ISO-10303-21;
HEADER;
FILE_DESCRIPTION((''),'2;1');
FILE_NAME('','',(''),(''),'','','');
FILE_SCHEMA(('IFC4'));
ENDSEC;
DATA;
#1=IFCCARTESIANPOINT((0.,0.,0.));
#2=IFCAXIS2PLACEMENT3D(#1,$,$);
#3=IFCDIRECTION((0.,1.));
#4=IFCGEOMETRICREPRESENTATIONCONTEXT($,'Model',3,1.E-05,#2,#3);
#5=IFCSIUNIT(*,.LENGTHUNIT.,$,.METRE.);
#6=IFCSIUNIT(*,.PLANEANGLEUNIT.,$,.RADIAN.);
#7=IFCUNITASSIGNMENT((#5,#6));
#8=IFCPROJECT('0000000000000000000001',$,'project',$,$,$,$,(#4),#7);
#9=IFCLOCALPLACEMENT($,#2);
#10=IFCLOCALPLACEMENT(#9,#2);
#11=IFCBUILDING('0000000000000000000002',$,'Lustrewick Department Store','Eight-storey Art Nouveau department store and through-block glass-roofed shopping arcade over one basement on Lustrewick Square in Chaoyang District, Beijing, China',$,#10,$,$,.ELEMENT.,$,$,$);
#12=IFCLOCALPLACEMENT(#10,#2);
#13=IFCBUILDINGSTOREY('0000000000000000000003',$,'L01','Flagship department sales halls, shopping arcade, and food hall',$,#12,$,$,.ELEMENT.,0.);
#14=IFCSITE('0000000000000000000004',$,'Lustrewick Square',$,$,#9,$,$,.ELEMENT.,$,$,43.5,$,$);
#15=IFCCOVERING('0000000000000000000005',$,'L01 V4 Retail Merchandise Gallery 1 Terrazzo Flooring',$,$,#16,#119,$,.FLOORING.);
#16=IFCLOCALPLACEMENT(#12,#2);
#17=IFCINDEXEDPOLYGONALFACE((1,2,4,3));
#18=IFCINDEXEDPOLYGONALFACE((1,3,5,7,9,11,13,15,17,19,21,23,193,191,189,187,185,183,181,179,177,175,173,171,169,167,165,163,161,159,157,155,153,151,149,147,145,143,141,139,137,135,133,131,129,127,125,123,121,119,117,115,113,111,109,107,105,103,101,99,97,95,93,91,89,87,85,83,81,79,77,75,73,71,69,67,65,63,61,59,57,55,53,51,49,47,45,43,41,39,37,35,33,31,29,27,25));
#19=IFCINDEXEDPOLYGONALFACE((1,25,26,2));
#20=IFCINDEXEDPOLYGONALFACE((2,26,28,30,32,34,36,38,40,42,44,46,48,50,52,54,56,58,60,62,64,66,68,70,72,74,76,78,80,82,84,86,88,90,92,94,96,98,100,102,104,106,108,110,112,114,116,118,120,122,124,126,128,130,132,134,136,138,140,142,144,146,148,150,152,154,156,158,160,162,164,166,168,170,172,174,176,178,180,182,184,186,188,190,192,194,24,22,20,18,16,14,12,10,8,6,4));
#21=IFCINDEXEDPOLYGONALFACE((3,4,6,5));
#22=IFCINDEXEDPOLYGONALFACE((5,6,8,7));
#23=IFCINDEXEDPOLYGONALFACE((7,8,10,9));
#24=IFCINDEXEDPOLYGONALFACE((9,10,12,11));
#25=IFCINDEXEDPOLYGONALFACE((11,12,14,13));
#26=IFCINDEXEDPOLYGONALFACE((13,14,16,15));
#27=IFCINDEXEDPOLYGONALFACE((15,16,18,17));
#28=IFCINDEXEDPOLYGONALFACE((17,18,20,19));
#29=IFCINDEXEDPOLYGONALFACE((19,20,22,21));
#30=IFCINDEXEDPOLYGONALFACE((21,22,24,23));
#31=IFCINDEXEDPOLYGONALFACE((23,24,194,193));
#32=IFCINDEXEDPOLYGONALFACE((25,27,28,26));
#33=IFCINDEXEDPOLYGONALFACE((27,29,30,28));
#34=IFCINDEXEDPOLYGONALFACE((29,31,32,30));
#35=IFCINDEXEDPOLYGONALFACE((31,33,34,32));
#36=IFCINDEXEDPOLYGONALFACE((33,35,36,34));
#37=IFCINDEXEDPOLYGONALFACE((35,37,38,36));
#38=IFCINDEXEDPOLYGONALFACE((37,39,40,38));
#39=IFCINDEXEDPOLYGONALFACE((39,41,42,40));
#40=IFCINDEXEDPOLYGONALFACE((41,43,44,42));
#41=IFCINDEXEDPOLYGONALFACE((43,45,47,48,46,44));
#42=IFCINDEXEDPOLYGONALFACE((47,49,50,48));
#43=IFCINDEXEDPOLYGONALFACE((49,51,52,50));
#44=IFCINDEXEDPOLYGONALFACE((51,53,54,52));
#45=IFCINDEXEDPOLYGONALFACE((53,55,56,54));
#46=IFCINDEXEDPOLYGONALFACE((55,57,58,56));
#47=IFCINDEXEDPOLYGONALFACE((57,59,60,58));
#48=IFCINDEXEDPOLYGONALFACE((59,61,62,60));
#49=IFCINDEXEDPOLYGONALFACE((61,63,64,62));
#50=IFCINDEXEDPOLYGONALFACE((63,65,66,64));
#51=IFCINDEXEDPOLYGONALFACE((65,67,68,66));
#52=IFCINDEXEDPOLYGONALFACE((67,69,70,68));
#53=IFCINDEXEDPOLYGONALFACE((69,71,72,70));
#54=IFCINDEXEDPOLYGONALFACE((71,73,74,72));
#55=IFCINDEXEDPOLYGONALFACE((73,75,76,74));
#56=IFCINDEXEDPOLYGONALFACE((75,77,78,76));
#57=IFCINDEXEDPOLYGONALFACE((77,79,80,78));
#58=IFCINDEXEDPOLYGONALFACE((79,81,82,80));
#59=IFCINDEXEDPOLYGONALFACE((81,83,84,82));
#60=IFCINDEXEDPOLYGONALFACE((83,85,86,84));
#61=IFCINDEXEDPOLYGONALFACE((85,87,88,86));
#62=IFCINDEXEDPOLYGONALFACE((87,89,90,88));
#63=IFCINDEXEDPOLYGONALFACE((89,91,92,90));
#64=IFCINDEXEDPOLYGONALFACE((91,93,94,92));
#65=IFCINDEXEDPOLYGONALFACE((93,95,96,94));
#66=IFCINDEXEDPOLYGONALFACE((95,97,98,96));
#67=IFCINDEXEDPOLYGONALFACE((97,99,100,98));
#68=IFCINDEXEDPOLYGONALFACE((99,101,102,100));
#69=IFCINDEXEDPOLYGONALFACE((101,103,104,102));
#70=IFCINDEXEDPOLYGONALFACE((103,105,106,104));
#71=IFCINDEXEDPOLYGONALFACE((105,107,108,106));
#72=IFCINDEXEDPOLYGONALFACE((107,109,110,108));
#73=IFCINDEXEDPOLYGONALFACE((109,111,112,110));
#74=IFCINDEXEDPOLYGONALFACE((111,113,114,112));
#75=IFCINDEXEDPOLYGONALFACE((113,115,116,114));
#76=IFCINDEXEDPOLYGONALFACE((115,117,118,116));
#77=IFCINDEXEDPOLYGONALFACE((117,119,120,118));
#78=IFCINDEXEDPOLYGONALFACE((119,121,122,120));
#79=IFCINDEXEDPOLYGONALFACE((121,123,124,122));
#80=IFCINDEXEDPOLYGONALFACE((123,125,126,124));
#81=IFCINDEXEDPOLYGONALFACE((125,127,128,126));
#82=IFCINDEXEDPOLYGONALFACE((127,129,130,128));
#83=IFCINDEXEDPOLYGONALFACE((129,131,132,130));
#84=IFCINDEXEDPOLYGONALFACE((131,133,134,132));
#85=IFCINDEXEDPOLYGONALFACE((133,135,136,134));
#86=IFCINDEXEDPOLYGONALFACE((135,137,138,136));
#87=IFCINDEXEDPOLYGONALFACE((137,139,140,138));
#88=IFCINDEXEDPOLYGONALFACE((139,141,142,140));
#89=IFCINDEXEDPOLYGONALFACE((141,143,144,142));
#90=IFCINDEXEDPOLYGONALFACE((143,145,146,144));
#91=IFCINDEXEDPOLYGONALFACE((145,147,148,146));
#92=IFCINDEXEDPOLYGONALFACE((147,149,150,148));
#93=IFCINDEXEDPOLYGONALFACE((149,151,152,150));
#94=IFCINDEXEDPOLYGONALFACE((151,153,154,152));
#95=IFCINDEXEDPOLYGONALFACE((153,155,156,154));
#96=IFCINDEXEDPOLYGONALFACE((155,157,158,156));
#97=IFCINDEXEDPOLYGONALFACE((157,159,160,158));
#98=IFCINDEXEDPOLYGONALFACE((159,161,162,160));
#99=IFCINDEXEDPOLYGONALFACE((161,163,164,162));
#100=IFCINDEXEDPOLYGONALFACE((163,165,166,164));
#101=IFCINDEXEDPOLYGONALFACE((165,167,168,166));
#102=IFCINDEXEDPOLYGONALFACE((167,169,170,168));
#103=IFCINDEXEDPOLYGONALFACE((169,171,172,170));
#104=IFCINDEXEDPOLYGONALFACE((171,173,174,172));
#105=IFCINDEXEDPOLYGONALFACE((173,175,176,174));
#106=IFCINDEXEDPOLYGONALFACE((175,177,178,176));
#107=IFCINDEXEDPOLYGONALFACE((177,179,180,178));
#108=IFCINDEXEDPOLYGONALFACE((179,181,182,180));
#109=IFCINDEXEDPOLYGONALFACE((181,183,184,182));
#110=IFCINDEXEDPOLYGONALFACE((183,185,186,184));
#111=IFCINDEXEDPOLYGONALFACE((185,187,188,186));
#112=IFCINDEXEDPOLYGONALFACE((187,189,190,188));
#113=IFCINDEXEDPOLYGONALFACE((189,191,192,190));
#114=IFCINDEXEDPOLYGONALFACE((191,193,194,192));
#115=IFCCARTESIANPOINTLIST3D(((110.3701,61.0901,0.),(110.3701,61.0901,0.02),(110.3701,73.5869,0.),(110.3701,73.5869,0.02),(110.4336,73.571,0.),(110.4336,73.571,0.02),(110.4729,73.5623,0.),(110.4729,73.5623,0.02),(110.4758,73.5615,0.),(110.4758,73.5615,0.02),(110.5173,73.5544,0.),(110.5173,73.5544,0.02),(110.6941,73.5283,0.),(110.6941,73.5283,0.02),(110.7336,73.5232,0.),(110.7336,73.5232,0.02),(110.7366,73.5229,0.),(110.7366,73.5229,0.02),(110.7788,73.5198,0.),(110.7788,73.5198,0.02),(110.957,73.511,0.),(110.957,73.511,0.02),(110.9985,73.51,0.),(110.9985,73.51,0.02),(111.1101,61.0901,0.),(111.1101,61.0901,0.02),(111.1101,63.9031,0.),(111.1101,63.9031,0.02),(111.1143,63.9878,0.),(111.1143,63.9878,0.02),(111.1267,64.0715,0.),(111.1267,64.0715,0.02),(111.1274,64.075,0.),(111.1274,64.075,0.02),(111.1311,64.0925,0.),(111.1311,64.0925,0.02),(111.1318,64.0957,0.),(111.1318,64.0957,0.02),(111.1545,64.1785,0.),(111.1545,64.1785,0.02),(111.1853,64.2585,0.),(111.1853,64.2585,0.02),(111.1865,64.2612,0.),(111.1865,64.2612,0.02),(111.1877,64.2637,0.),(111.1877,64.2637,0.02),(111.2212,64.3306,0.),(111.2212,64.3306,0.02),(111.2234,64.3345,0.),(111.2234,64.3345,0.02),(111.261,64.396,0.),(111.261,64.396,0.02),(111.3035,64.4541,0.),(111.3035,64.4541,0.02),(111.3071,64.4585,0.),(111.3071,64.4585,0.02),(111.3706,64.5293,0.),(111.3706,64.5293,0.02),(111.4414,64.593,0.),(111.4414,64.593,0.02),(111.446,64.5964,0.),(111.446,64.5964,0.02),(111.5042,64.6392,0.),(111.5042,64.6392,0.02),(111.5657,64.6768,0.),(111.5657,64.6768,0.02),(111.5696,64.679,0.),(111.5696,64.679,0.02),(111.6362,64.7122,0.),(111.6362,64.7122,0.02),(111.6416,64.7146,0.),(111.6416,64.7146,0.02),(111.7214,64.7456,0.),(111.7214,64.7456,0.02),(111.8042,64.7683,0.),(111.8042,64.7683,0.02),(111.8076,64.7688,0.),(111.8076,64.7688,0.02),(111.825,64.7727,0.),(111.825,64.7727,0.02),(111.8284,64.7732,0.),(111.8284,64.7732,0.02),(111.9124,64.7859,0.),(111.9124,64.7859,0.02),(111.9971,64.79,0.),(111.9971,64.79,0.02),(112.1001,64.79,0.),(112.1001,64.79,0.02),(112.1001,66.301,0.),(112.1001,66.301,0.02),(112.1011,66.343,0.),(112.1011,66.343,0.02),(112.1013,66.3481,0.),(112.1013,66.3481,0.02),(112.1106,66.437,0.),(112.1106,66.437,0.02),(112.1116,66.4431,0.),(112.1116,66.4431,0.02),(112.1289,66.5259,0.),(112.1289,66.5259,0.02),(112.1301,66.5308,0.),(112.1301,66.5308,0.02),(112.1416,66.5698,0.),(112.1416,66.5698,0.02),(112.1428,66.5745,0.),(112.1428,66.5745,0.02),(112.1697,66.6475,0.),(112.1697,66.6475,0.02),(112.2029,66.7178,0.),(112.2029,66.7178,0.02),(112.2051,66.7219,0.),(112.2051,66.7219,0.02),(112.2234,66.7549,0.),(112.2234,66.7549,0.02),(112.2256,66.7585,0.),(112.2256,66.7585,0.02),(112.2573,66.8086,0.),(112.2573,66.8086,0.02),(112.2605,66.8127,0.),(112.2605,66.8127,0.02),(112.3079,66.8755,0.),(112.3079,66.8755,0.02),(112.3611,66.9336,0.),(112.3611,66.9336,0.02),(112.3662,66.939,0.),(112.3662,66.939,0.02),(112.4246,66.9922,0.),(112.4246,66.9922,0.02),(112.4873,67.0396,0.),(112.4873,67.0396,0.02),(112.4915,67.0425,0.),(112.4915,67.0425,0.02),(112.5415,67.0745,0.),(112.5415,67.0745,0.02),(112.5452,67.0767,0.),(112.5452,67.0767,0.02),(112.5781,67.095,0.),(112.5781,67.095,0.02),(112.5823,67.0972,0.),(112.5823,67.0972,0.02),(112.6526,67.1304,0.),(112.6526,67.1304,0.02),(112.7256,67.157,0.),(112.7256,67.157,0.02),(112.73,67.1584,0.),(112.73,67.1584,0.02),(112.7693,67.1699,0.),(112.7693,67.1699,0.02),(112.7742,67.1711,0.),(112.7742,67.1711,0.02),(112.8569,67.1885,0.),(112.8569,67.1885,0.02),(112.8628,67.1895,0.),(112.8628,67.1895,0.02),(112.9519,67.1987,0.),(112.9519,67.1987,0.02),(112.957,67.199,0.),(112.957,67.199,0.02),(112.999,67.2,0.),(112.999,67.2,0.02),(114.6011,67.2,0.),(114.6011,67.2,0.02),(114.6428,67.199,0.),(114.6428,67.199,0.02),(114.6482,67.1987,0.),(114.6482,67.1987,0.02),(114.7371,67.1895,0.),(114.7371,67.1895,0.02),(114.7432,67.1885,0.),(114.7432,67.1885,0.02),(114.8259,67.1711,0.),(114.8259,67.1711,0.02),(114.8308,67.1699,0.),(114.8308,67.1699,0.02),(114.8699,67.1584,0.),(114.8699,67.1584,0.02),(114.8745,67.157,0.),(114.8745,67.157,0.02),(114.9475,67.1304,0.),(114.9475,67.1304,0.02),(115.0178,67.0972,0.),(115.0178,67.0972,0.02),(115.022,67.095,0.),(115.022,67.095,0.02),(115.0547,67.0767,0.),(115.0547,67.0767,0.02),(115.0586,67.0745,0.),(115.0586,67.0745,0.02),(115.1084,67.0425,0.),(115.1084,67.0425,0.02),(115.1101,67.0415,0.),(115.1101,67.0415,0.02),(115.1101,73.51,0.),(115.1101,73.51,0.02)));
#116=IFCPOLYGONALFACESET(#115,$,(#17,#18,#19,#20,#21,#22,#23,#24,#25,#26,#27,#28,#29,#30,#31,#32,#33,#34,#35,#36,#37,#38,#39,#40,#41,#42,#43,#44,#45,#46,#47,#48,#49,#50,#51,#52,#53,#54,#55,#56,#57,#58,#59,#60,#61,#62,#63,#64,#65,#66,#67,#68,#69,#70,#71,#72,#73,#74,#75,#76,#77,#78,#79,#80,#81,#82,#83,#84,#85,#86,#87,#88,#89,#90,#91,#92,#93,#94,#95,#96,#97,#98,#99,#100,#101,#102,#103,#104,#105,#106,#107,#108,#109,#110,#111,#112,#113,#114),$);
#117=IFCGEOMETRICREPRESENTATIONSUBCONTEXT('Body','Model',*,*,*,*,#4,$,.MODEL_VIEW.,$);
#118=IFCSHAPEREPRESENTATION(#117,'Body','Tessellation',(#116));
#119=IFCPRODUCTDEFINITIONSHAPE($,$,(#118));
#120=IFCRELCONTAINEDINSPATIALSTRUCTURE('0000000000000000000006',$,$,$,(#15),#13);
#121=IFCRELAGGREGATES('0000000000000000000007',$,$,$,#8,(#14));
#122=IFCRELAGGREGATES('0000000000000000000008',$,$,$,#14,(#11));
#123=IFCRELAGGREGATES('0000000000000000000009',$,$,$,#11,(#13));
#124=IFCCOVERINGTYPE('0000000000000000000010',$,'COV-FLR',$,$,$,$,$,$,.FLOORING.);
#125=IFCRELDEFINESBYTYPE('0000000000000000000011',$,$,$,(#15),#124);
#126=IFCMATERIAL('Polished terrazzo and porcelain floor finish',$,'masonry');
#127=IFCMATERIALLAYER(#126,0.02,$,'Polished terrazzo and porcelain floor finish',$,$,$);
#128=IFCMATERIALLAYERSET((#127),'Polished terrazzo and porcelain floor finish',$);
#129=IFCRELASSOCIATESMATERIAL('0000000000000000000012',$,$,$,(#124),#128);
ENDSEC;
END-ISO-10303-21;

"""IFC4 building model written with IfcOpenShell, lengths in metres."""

from ifc_helpers import new_model, si_unit, direction, origin, place, context, subcontext, project, spatial, polyline, outline, extrude, material, layer, layer_set, type_object, element, save


model = new_model("IFC4")

# Units and contexts
model_context = context("Model", 3, precision=1e-05, world=origin(), true_north=direction((0.0, 1.0)))
body_context = subcontext(model_context, "Body", "Model", "MODEL_VIEW")
ifc_project = project(units=[si_unit("LENGTHUNIT", "METRE"), si_unit("PLANEANGLEUNIT", "RADIAN")], contexts=[model_context])

# Site, building, storey
site_placement = place(None, origin())
site = spatial("IfcSite", under=ifc_project, at=site_placement, Name="Lustrewick Square", CompositionType="ELEMENT", RefElevation=43.5)
building_placement = place(site_placement, origin())
building = spatial("IfcBuilding", under=site, at=building_placement, Name="Lustrewick Department Store", Description="Eight-storey Art Nouveau department store and through-block glass-roofed shopping arcade over one basement on Lustrewick Square in Chaoyang District, Beijing, China", CompositionType="ELEMENT")
storey_placement = place(building_placement, origin())
storey = spatial("IfcBuildingStorey", under=building, at=storey_placement, Name="L01", Description="Flagship department sales halls, shopping arcade, and food hall", CompositionType="ELEMENT", Elevation=0.0)

# Covering
ifc_material_1 = material(Name="Polished terrazzo and porcelain floor finish", Category="masonry")
ifc_layer_1 = layer(ifc_material_1, 0.02, Name="Polished terrazzo and porcelain floor finish")
ifc_layer_set_1 = layer_set([ifc_layer_1], Name="Polished terrazzo and porcelain floor finish")
covering_type_1 = type_object("IfcCoveringType", Name="COV-FLR", PredefinedType="FLOORING", material=ifc_layer_set_1)
covering_1_placement = place(storey_placement, origin())
element("IfcCovering", 1, at=covering_1_placement, inside=storey, type_object=covering_type_1, Name="L01 V4 Retail Merchandise Gallery 1 Terrazzo Flooring", PredefinedType="FLOORING", context=body_context, shape_type="SweptSolid", body=[
    extrude(outline(polyline([(110.3701, 73.5869), (110.3701, 61.0901), (111.1101, 61.0901), (111.1101, 63.9031), (111.1143, 63.9878), (111.1267, 64.0715), (111.1274, 64.075), (111.1311, 64.0925), (111.1318, 64.0957), (111.1545, 64.1785), (111.1853, 64.2585), (111.1865, 64.2612), (111.1877, 64.2637), (111.2212, 64.3306), (111.2234, 64.3345), (111.261, 64.396), (111.3035, 64.4541), (111.3071, 64.4585), (111.3706, 64.5293), (111.4414, 64.593), (111.446, 64.5964), (111.5042, 64.6392), (111.5657, 64.6768), (111.5696, 64.679), (111.6362, 64.7122), (111.6416, 64.7146), (111.7214, 64.7456), (111.8042, 64.7683), (111.8076, 64.7688), (111.825, 64.7727), (111.8284, 64.7732), (111.9124, 64.7859), (111.9971, 64.79), (112.1001, 64.79), (112.1001, 66.301), (112.1011, 66.343), (112.1013, 66.3481), (112.1106, 66.437), (112.1116, 66.4431), (112.1289, 66.5259), (112.1301, 66.5308), (112.1416, 66.5698), (112.1428, 66.5745), (112.1697, 66.6475), (112.2029, 66.7178), (112.2051, 66.7219), (112.2234, 66.7549), (112.2256, 66.7585), (112.2573, 66.8086), (112.2605, 66.8127), (112.3079, 66.8755), (112.3611, 66.9336), (112.3662, 66.939), (112.4246, 66.9922), (112.4873, 67.0396), (112.4915, 67.0425), (112.5415, 67.0745), (112.5452, 67.0767), (112.5781, 67.095), (112.5823, 67.0972), (112.6526, 67.1304), (112.7256, 67.157), (112.73, 67.1584), (112.7693, 67.1699), (112.7742, 67.1711), (112.8569, 67.1885), (112.8628, 67.1895), (112.9519, 67.1987), (112.957, 67.199), (112.999, 67.2), (114.6011, 67.2), (114.6428, 67.199), (114.6482, 67.1987), (114.7371, 67.1895), (114.7432, 67.1885), (114.8259, 67.1711), (114.8308, 67.1699), (114.8699, 67.1584), (114.8745, 67.157), (114.9475, 67.1304), (115.0178, 67.0972), (115.022, 67.095), (115.0547, 67.0767), (115.0586, 67.0745), (115.1084, 67.0425), (115.1101, 67.0415), (115.1101, 73.51), (110.9985, 73.51), (110.957, 73.511), (110.7788, 73.5198), (110.7366, 73.5229), (110.7336, 73.5232), (110.6941, 73.5283), (110.5173, 73.5544), (110.4758, 73.5615), (110.4729, 73.5623), (110.4336, 73.571), (110.3701, 73.5869)])), origin(), (0.0, 0.0, 1.0), 0.02),
])

save(model, "model.ifc")
